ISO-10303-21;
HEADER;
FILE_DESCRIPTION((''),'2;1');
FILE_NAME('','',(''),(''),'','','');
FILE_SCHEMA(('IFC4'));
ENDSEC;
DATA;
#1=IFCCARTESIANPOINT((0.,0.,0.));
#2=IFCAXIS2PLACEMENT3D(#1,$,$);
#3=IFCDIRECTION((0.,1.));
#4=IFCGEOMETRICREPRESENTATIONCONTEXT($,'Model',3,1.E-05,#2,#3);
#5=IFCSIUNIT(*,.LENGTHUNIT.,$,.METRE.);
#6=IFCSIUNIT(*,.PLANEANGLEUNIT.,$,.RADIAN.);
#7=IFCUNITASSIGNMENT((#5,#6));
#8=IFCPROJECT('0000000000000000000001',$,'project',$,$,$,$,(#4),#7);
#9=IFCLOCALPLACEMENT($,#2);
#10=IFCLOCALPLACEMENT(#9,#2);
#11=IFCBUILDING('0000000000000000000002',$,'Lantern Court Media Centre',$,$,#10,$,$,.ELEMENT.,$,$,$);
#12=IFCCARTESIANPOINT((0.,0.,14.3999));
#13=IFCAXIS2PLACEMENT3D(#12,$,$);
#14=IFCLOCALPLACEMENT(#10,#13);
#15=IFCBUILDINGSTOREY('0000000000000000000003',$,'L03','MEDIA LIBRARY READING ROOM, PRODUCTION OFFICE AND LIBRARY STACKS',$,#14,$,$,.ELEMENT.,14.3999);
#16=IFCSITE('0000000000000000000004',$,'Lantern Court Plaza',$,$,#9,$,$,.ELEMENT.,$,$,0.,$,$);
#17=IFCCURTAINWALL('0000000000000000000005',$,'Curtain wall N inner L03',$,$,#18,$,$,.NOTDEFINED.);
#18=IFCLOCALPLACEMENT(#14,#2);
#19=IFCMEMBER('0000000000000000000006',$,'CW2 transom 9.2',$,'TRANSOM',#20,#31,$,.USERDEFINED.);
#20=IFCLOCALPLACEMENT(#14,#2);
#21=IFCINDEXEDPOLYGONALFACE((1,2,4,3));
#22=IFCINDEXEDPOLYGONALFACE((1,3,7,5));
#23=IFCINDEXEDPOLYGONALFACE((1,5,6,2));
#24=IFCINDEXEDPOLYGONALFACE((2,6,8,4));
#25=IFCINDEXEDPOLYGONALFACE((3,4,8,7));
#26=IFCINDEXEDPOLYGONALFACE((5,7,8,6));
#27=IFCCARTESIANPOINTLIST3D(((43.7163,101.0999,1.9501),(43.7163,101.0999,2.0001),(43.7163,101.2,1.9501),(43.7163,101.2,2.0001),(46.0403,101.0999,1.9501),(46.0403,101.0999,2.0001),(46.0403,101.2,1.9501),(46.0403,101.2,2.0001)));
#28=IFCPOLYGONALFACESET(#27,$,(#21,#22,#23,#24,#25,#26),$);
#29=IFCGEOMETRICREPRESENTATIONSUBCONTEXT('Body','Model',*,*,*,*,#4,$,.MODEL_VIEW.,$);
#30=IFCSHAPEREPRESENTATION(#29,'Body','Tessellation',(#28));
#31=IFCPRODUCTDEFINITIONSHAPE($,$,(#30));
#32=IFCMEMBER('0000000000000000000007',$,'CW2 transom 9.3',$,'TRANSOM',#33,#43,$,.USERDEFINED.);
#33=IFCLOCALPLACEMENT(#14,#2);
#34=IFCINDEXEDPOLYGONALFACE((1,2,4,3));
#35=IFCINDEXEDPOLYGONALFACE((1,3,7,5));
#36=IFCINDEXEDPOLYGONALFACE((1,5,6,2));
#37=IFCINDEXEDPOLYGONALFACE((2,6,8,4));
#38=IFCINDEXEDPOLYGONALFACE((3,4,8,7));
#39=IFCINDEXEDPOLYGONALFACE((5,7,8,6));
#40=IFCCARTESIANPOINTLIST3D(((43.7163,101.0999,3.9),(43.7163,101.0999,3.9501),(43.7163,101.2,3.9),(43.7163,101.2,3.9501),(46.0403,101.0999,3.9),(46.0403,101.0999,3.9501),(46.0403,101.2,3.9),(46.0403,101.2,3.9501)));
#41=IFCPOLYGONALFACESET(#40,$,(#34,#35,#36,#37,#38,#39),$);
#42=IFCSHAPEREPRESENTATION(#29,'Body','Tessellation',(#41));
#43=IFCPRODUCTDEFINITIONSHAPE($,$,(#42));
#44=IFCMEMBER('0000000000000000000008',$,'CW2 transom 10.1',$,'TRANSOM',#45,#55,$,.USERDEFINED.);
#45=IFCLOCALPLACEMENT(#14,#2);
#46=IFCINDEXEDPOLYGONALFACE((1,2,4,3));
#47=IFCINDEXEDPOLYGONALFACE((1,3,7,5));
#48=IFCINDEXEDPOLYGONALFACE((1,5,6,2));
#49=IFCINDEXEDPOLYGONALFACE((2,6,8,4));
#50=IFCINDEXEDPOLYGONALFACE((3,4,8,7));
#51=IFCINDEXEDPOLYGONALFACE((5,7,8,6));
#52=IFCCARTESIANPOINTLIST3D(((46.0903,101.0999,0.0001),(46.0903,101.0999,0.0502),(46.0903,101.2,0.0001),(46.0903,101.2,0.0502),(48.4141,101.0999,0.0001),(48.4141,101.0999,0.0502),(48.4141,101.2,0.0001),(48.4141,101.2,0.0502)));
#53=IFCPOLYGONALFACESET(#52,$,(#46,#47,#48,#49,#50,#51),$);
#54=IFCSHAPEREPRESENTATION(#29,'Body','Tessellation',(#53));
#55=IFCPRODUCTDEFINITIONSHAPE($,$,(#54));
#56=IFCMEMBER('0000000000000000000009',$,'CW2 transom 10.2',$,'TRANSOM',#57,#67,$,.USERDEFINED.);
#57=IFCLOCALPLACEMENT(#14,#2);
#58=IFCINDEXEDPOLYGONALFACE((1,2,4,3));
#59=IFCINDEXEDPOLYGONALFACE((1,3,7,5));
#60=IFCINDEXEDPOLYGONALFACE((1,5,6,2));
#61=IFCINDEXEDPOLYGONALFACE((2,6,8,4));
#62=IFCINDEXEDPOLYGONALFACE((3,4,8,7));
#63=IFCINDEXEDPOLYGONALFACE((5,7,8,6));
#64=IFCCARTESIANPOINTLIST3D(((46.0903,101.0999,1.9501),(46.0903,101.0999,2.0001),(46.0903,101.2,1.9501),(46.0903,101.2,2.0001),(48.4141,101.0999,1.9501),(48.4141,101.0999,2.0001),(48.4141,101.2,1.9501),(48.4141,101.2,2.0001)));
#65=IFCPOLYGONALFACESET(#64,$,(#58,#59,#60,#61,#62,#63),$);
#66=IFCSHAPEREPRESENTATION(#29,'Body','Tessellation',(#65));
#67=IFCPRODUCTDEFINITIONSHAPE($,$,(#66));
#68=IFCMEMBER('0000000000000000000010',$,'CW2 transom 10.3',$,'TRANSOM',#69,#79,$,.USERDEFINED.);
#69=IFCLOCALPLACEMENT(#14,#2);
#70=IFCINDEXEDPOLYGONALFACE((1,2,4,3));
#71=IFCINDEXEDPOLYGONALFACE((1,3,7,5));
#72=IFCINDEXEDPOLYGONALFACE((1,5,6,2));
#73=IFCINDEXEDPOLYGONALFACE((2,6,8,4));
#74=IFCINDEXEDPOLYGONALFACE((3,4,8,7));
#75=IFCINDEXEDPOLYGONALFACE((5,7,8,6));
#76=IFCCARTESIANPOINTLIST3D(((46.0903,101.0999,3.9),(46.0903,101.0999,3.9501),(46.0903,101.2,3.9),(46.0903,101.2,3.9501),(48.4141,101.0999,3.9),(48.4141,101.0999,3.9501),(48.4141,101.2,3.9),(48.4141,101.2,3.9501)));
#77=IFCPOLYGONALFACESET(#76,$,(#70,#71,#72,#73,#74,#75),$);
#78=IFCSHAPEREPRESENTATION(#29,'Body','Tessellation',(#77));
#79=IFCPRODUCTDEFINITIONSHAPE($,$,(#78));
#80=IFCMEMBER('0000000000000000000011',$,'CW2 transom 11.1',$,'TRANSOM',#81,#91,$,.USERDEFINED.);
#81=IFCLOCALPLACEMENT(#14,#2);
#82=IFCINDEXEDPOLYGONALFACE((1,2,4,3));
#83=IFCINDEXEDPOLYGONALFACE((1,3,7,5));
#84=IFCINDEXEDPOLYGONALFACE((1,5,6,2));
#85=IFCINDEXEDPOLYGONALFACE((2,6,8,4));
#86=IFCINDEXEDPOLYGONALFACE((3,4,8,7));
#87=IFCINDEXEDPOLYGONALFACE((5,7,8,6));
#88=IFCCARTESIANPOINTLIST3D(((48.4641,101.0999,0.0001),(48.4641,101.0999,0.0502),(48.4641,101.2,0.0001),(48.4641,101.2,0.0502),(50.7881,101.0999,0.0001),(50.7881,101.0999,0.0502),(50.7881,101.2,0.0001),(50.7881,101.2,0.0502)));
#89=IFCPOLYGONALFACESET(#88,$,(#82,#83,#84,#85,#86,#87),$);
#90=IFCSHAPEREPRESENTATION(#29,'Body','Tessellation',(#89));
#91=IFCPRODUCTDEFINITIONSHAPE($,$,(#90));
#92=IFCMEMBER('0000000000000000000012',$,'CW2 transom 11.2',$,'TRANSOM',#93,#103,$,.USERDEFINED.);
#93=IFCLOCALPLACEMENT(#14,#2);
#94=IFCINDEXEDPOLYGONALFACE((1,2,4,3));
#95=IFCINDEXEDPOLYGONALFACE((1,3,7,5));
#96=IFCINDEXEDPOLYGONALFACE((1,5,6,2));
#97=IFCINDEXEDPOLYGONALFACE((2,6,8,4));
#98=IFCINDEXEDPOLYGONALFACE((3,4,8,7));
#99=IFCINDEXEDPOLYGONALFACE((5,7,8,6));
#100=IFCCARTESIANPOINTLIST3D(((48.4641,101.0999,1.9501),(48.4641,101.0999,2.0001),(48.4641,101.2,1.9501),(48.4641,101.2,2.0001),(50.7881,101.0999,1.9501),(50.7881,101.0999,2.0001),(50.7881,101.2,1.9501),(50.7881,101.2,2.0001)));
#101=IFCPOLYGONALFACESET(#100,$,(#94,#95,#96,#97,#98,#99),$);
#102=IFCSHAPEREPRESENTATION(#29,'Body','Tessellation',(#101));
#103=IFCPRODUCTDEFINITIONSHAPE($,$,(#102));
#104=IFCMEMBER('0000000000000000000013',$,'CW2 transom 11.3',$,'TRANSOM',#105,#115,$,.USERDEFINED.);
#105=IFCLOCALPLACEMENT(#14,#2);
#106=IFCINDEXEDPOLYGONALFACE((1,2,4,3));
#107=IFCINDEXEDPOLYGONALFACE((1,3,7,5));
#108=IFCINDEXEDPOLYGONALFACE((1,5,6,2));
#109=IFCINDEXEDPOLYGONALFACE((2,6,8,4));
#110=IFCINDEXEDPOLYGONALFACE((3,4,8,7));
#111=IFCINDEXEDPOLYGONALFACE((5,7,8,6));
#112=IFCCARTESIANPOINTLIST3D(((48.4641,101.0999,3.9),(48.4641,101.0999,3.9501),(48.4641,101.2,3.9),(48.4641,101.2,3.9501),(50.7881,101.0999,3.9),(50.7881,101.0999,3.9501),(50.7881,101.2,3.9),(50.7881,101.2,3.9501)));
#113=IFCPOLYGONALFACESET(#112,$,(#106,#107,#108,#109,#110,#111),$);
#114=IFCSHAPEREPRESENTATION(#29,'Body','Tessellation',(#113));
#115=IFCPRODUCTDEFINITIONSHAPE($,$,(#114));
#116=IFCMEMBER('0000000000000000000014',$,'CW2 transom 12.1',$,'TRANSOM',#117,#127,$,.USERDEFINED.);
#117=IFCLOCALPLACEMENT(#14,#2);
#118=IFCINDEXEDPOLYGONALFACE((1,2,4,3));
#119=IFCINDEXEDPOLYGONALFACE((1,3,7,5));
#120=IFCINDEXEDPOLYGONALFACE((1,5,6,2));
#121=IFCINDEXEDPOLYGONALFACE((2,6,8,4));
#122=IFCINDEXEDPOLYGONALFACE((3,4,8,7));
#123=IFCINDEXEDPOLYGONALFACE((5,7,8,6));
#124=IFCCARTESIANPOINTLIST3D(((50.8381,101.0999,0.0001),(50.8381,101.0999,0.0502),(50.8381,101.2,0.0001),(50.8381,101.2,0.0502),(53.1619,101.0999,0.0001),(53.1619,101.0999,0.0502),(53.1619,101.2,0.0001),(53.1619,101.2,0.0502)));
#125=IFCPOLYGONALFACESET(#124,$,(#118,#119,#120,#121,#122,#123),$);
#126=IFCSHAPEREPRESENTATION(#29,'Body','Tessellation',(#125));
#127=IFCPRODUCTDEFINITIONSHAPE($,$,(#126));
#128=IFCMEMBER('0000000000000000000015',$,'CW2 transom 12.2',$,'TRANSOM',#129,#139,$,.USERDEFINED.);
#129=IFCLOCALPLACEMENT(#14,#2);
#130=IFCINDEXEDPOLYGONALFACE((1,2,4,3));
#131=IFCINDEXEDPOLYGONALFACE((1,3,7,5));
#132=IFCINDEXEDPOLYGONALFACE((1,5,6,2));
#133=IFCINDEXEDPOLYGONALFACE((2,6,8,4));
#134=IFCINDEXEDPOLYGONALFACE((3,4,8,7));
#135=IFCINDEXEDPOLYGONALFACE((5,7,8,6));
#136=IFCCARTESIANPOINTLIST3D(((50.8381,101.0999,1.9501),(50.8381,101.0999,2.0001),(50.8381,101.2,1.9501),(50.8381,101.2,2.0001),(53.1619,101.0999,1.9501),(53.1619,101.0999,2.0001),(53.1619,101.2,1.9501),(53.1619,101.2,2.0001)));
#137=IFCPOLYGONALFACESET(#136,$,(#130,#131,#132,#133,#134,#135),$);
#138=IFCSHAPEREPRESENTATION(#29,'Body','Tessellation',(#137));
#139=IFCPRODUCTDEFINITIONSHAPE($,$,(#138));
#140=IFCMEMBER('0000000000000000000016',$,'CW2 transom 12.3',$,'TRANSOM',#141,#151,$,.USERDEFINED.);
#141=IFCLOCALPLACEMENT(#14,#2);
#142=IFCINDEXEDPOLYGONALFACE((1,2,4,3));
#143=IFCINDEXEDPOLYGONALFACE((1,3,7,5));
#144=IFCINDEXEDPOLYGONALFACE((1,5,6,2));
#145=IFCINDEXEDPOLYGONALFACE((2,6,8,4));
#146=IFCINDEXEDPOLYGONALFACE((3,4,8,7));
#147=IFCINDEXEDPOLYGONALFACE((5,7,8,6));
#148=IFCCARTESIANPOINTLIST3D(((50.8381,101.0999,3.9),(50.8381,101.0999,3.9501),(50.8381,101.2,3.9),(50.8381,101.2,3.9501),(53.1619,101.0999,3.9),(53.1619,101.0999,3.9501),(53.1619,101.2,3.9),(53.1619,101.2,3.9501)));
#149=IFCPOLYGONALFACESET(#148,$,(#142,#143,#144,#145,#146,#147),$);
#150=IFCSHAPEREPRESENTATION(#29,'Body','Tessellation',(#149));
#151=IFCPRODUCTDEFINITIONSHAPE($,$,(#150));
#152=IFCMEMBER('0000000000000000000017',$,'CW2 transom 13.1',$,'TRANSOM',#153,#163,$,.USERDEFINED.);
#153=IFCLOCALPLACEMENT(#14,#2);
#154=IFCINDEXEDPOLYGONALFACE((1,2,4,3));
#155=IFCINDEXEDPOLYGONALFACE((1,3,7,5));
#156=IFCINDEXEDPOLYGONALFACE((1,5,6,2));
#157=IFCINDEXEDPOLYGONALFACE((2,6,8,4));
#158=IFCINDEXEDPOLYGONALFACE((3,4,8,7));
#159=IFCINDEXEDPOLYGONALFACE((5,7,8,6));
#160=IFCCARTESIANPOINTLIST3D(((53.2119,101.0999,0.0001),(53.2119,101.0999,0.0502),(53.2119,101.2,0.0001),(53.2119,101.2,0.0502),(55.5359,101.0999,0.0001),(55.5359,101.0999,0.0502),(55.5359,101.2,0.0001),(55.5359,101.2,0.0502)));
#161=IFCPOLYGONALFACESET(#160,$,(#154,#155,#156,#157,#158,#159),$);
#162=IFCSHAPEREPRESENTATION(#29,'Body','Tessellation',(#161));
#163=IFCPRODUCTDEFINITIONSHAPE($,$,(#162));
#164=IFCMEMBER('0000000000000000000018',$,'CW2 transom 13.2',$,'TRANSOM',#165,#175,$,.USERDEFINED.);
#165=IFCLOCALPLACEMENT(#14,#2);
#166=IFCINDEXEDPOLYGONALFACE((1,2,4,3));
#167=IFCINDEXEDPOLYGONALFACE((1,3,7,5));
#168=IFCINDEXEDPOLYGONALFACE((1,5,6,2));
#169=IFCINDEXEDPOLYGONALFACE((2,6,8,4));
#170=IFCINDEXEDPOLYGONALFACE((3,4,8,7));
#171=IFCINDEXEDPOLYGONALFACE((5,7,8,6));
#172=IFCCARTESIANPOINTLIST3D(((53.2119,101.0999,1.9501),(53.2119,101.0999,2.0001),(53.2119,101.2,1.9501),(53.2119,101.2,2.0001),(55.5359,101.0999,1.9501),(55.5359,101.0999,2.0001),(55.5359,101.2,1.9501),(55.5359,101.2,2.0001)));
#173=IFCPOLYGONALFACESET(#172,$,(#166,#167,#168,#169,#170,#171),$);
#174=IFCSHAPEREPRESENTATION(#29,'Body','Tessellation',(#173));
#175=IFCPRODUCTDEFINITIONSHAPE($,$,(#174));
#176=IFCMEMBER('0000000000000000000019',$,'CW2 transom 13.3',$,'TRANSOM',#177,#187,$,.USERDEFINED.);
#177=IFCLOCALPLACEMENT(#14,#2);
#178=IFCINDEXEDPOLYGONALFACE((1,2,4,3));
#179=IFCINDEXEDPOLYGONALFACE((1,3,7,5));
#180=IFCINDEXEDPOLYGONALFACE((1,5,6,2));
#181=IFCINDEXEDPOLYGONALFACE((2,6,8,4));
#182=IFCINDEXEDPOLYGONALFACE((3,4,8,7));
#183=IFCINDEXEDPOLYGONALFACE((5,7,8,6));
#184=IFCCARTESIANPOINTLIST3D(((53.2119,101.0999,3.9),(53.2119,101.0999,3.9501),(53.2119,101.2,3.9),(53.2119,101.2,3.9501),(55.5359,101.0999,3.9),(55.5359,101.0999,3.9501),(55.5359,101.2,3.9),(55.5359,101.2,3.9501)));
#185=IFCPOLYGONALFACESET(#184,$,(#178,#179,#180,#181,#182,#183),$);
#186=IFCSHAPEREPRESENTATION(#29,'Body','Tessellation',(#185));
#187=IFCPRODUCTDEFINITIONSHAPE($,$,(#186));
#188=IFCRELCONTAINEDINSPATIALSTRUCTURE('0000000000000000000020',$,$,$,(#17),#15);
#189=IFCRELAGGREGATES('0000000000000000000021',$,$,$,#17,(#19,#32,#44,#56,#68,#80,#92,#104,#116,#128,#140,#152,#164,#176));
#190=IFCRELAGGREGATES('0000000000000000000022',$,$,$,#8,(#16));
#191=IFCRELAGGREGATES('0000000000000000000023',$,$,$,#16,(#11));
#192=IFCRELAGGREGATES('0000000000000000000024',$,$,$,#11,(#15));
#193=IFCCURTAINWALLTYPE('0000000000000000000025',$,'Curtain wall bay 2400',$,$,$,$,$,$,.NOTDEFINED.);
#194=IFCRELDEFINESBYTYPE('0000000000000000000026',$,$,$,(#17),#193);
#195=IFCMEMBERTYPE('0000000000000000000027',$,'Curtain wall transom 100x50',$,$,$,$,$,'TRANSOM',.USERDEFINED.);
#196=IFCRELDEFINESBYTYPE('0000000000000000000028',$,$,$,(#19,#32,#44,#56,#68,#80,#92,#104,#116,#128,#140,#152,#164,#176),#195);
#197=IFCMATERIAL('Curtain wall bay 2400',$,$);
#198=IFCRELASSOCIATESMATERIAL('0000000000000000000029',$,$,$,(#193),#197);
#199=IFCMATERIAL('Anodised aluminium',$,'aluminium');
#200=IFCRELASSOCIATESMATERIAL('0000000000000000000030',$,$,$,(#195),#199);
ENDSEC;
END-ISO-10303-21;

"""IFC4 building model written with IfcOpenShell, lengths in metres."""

from ifc_helpers import new_model, si_unit, direction, frame, origin, origin_2d, place, context, subcontext, project, spatial, rectangle, extrude, material, material_profile, profile_set, type_object, element, aggregate, save


model = new_model("IFC4")

# Units and contexts
model_context = context("Model", 3, precision=1e-05, world=origin(), true_north=direction((0.0, 1.0)))
body_context = subcontext(model_context, "Body", "Model", "MODEL_VIEW")
ifc_project = project(units=[si_unit("LENGTHUNIT", "METRE"), si_unit("PLANEANGLEUNIT", "RADIAN")], contexts=[model_context])

# Site, building, storey
site_placement = place(None, origin())
site = spatial("IfcSite", under=ifc_project, at=site_placement, Name="Lantern Court Plaza", CompositionType="ELEMENT", RefElevation=0.0)
building_placement = place(site_placement, origin())
building = spatial("IfcBuilding", under=site, at=building_placement, Name="Lantern Court Media Centre", CompositionType="ELEMENT")
storey_placement = place(building_placement, frame((0.0, 0.0, 14.3999)))
storey = spatial("IfcBuildingStorey", under=building, at=storey_placement, Name="L03", Description="MEDIA LIBRARY READING ROOM, PRODUCTION OFFICE AND LIBRARY STACKS", CompositionType="ELEMENT", Elevation=14.3999)

# Curtain wall, members
ifc_material_1 = material(Name="Curtain wall bay 2400")
curtain_wall_type = type_object("IfcCurtainWallType", Name="Curtain wall bay 2400", PredefinedType="NOTDEFINED", material=ifc_material_1)
curtain_wall_placement = place(storey_placement, origin())
curtain_wall = element("IfcCurtainWall", 1, at=curtain_wall_placement, inside=storey, type_object=curtain_wall_type, Name="Curtain wall N inner L03", PredefinedType="NOTDEFINED")
ifc_material_2 = material(Name="Anodised aluminium", Category="aluminium")
ifc_material_profile_1 = material_profile(ifc_material_2, rectangle(XDim=0.1001, YDim=0.05, at=origin_2d()), Name="AL 50x100")
ifc_profile_set_1 = profile_set([ifc_material_profile_1], Name="Anodised aluminium")
member_type = type_object("IfcMemberType", Name="Curtain wall transom 100x50", ElementType="TRANSOM", PredefinedType="USERDEFINED", material=ifc_profile_set_1)
member_1_placement = place(storey_placement, frame((43.7163, 101.1499, 1.9751), z_axis=(1.0, 0.0, 0.0), x_axis=(0.0, 1.0, 0.0)))
member_1 = element("IfcMember", 2, at=member_1_placement, type_object=member_type, Name="CW2 transom 9.2", ObjectType="TRANSOM", PredefinedType="USERDEFINED", context=body_context, shape_type="SweptSolid", body=[
    extrude(rectangle(XDim=0.1001, YDim=0.05, at=origin_2d()), origin(), (0.0, 0.0, 1.0), 2.324),
])
member_2_placement = place(storey_placement, frame((43.7163, 101.1499, 3.925), z_axis=(1.0, 0.0, 0.0), x_axis=(0.0, 1.0, 0.0)))
member_2 = element("IfcMember", 3, at=member_2_placement, type_object=member_type, Name="CW2 transom 9.3", ObjectType="TRANSOM", PredefinedType="USERDEFINED", context=body_context, shape_type="SweptSolid", body=[
    extrude(rectangle(XDim=0.1001, YDim=0.05, at=origin_2d()), origin(), (0.0, 0.0, 1.0), 2.324),
])
member_3_placement = place(storey_placement, frame((46.0903, 101.1499, 0.0251), z_axis=(1.0, 0.0, 0.0), x_axis=(0.0, 1.0, 0.0)))
member_3 = element("IfcMember", 4, at=member_3_placement, type_object=member_type, Name="CW2 transom 10.1", ObjectType="TRANSOM", PredefinedType="USERDEFINED", context=body_context, shape_type="SweptSolid", body=[
    extrude(rectangle(XDim=0.1001, YDim=0.05, at=origin_2d()), origin(), (0.0, 0.0, 1.0), 2.3237),
])
member_4_placement = place(storey_placement, frame((46.0903, 101.1499, 1.9751), z_axis=(1.0, 0.0, 0.0), x_axis=(0.0, 1.0, 0.0)))
member_4 = element("IfcMember", 5, at=member_4_placement, type_object=member_type, Name="CW2 transom 10.2", ObjectType="TRANSOM", PredefinedType="USERDEFINED", context=body_context, shape_type="SweptSolid", body=[
    extrude(rectangle(XDim=0.1001, YDim=0.05, at=origin_2d()), origin(), (0.0, 0.0, 1.0), 2.3237),
])
member_5_placement = place(storey_placement, frame((46.0903, 101.1499, 3.925), z_axis=(1.0, 0.0, 0.0), x_axis=(0.0, 1.0, 0.0)))
member_5 = element("IfcMember", 6, at=member_5_placement, type_object=member_type, Name="CW2 transom 10.3", ObjectType="TRANSOM", PredefinedType="USERDEFINED", context=body_context, shape_type="SweptSolid", body=[
    extrude(rectangle(XDim=0.1001, YDim=0.05, at=origin_2d()), origin(), (0.0, 0.0, 1.0), 2.3237),
])
member_6_placement = place(storey_placement, frame((48.4641, 101.1499, 0.0251), z_axis=(1.0, 0.0, 0.0), x_axis=(0.0, 1.0, 0.0)))
member_6 = element("IfcMember", 7, at=member_6_placement, type_object=member_type, Name="CW2 transom 11.1", ObjectType="TRANSOM", PredefinedType="USERDEFINED", context=body_context, shape_type="SweptSolid", body=[
    extrude(rectangle(XDim=0.1001, YDim=0.05, at=origin_2d()), origin(), (0.0, 0.0, 1.0), 2.324),
])
member_7_placement = place(storey_placement, frame((48.4641, 101.1499, 1.9751), z_axis=(1.0, 0.0, 0.0), x_axis=(0.0, 1.0, 0.0)))
member_7 = element("IfcMember", 8, at=member_7_placement, type_object=member_type, Name="CW2 transom 11.2", ObjectType="TRANSOM", PredefinedType="USERDEFINED", context=body_context, shape_type="SweptSolid", body=[
    extrude(rectangle(XDim=0.1001, YDim=0.05, at=origin_2d()), origin(), (0.0, 0.0, 1.0), 2.324),
])
member_8_placement = place(storey_placement, frame((48.4641, 101.1499, 3.925), z_axis=(1.0, 0.0, 0.0), x_axis=(0.0, 1.0, 0.0)))
member_8 = element("IfcMember", 9, at=member_8_placement, type_object=member_type, Name="CW2 transom 11.3", ObjectType="TRANSOM", PredefinedType="USERDEFINED", context=body_context, shape_type="SweptSolid", body=[
    extrude(rectangle(XDim=0.1001, YDim=0.05, at=origin_2d()), origin(), (0.0, 0.0, 1.0), 2.324),
])
member_9_placement = place(storey_placement, frame((50.8381, 101.1499, 0.0251), z_axis=(1.0, 0.0, 0.0), x_axis=(0.0, 1.0, 0.0)))
member_9 = element("IfcMember", 10, at=member_9_placement, type_object=member_type, Name="CW2 transom 12.1", ObjectType="TRANSOM", PredefinedType="USERDEFINED", context=body_context, shape_type="SweptSolid", body=[
    extrude(rectangle(XDim=0.1001, YDim=0.05, at=origin_2d()), origin(), (0.0, 0.0, 1.0), 2.3237),
])
member_10_placement = place(storey_placement, frame((50.8381, 101.1499, 1.9751), z_axis=(1.0, 0.0, 0.0), x_axis=(0.0, 1.0, 0.0)))
member_10 = element("IfcMember", 11, at=member_10_placement, type_object=member_type, Name="CW2 transom 12.2", ObjectType="TRANSOM", PredefinedType="USERDEFINED", context=body_context, shape_type="SweptSolid", body=[
    extrude(rectangle(XDim=0.1001, YDim=0.05, at=origin_2d()), origin(), (0.0, 0.0, 1.0), 2.3237),
])
member_11_placement = place(storey_placement, frame((50.8381, 101.1499, 3.925), z_axis=(1.0, 0.0, 0.0), x_axis=(0.0, 1.0, 0.0)))
member_11 = element("IfcMember", 12, at=member_11_placement, type_object=member_type, Name="CW2 transom 12.3", ObjectType="TRANSOM", PredefinedType="USERDEFINED", context=body_context, shape_type="SweptSolid", body=[
    extrude(rectangle(XDim=0.1001, YDim=0.05, at=origin_2d()), origin(), (0.0, 0.0, 1.0), 2.3237),
])
member_12_placement = place(storey_placement, frame((53.2119, 101.1499, 0.0251), z_axis=(1.0, 0.0, 0.0), x_axis=(0.0, 1.0, 0.0)))
member_12 = element("IfcMember", 13, at=member_12_placement, type_object=member_type, Name="CW2 transom 13.1", ObjectType="TRANSOM", PredefinedType="USERDEFINED", context=body_context, shape_type="SweptSolid", body=[
    extrude(rectangle(XDim=0.1001, YDim=0.05, at=origin_2d()), origin(), (0.0, 0.0, 1.0), 2.324),
])
member_13_placement = place(storey_placement, frame((53.2119, 101.1499, 1.9751), z_axis=(1.0, 0.0, 0.0), x_axis=(0.0, 1.0, 0.0)))
member_13 = element("IfcMember", 14, at=member_13_placement, type_object=member_type, Name="CW2 transom 13.2", ObjectType="TRANSOM", PredefinedType="USERDEFINED", context=body_context, shape_type="SweptSolid", body=[
    extrude(rectangle(XDim=0.1001, YDim=0.05, at=origin_2d()), origin(), (0.0, 0.0, 1.0), 2.324),
])
member_14_placement = place(storey_placement, frame((53.2119, 101.1499, 3.925), z_axis=(1.0, 0.0, 0.0), x_axis=(0.0, 1.0, 0.0)))
member_14 = element("IfcMember", 15, at=member_14_placement, type_object=member_type, Name="CW2 transom 13.3", ObjectType="TRANSOM", PredefinedType="USERDEFINED", context=body_context, shape_type="SweptSolid", body=[
    extrude(rectangle(XDim=0.1001, YDim=0.05, at=origin_2d()), origin(), (0.0, 0.0, 1.0), 2.324),
])

aggregate(curtain_wall, [member_1, member_2, member_3, member_4, member_5, member_6, member_7, member_8, member_9, member_10, member_11, member_12, member_13, member_14])

save(model, "model.ifc")
